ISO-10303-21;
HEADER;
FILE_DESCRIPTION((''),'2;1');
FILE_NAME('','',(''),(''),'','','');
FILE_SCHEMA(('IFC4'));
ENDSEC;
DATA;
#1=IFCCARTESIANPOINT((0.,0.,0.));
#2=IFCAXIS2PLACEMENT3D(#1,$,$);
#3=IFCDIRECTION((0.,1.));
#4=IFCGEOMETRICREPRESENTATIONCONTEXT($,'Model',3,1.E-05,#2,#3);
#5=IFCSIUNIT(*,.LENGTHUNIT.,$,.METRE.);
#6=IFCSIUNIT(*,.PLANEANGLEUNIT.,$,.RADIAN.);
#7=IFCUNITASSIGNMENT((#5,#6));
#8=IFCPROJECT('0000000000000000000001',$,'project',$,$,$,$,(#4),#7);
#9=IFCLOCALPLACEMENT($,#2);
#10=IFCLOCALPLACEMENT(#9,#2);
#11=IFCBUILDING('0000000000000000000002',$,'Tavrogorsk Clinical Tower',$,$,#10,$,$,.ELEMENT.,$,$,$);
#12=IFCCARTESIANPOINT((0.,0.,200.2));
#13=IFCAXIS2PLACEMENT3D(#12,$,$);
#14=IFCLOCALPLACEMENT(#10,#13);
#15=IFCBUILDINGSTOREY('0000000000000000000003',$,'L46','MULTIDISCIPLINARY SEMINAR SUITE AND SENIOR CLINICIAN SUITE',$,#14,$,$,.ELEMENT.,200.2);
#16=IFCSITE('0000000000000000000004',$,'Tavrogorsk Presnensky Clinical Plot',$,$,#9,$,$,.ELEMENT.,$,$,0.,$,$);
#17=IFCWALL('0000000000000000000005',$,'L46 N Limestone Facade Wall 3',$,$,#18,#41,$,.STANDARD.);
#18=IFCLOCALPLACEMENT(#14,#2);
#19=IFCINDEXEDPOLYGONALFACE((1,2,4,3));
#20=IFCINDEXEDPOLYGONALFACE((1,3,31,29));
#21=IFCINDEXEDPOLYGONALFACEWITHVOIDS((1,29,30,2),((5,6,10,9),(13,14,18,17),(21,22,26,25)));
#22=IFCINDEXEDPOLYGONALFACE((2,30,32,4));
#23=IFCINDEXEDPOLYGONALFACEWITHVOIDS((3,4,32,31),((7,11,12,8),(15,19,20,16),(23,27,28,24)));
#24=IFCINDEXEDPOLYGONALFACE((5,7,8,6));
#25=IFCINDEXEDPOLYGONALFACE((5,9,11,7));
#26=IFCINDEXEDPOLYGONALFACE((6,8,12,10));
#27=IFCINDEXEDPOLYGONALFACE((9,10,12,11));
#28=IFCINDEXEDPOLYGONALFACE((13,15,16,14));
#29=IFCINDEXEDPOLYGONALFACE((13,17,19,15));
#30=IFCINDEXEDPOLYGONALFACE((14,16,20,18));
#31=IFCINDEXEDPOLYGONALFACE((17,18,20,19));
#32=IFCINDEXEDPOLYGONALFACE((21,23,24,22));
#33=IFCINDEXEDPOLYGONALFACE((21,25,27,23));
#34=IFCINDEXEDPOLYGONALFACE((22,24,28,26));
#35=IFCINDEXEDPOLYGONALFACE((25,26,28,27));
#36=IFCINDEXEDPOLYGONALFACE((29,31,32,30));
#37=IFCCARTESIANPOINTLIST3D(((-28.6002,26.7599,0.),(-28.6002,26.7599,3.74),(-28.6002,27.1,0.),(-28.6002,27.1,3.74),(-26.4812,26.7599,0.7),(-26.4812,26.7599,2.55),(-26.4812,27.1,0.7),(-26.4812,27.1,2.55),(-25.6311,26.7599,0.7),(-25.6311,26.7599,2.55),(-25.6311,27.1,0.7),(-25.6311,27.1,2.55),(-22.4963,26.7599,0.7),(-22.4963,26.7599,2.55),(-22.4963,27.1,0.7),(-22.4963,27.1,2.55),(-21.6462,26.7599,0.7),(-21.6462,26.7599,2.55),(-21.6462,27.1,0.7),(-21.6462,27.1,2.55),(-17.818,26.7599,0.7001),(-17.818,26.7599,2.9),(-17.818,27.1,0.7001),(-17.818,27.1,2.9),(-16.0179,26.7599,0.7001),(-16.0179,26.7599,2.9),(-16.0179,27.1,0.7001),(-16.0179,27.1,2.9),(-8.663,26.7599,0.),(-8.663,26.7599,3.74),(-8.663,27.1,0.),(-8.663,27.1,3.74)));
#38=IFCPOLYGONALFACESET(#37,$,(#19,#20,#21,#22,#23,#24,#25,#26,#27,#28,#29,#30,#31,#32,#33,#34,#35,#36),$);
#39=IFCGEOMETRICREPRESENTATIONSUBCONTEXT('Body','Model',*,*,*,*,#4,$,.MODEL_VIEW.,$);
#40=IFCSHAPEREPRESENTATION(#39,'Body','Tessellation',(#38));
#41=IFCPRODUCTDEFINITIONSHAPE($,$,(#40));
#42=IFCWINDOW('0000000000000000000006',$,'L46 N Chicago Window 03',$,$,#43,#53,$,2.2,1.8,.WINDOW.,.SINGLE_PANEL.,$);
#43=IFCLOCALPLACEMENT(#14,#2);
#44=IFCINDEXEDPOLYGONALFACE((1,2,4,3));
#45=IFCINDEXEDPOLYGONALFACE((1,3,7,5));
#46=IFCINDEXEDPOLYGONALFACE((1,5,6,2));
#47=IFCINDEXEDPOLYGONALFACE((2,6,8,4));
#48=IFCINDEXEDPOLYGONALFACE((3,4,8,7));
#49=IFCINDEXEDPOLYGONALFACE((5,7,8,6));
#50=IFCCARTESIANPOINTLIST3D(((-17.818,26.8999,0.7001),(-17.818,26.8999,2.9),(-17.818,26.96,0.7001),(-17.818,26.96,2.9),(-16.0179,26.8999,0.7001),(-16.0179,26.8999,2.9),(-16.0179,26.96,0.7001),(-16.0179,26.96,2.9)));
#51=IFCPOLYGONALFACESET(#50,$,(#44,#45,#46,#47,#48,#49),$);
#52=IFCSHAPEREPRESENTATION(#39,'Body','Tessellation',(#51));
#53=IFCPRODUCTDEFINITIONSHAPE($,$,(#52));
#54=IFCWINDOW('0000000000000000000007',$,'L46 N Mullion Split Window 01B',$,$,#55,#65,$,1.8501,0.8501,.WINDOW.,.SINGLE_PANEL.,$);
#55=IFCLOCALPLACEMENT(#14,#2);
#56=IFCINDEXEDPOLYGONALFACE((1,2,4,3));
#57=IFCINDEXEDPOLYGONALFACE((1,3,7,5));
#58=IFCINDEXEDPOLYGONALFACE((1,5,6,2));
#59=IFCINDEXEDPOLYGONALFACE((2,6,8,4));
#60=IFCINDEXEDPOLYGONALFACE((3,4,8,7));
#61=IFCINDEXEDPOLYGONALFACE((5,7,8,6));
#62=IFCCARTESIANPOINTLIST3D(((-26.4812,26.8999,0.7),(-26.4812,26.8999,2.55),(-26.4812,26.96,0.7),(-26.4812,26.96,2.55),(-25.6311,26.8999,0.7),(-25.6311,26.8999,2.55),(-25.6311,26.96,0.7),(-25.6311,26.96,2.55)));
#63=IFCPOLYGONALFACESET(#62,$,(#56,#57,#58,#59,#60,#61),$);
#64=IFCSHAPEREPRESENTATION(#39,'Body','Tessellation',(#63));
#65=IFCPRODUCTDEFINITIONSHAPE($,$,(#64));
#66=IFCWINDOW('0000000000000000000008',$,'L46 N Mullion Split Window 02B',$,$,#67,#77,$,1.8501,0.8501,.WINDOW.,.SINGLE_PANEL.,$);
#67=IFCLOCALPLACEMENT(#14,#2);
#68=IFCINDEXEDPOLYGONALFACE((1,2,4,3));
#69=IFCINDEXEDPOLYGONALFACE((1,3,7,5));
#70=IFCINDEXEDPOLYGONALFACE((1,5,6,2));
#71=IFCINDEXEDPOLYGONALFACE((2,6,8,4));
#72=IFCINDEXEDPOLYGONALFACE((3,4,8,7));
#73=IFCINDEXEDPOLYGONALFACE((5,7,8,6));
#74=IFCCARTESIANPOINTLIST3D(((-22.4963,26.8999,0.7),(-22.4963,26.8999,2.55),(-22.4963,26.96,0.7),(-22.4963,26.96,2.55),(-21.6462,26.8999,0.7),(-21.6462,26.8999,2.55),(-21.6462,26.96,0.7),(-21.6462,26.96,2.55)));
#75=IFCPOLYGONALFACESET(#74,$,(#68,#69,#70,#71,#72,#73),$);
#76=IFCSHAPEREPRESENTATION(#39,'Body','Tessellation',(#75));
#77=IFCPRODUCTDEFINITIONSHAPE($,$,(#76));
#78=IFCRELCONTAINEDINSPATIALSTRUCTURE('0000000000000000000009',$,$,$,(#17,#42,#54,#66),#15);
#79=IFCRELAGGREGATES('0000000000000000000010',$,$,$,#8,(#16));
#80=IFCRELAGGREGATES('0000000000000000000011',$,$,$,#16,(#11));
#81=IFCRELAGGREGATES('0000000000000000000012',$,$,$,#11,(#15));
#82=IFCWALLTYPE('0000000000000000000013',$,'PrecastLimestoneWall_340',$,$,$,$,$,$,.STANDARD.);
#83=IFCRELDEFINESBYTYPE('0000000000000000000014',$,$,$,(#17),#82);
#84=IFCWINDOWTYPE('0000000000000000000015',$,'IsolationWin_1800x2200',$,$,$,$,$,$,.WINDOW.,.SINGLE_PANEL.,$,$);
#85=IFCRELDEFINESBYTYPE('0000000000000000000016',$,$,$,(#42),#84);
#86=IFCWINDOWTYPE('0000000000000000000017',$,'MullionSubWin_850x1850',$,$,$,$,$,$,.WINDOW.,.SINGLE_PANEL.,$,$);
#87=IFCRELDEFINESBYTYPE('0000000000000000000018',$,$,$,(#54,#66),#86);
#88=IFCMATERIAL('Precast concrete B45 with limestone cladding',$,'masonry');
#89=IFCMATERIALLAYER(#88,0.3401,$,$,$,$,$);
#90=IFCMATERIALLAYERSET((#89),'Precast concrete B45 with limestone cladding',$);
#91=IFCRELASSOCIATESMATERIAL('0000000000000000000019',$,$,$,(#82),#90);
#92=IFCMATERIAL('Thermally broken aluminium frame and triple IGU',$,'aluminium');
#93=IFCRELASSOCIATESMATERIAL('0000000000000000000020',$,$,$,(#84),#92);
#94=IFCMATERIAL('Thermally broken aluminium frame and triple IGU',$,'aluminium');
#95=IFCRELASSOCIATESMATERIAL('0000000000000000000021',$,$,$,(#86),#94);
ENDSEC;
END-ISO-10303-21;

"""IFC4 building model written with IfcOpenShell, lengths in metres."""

from ifc_helpers import new_model, si_unit, direction, frame, frame_2d, origin, place, context, subcontext, project, spatial, rectangle, extrude, material, layer, layer_set, type_object, element, fill, save


model = new_model("IFC4")

# Units and contexts
model_context = context("Model", 3, precision=1e-05, world=origin(), true_north=direction((0.0, 1.0)))
body_context = subcontext(model_context, "Body", "Model", "MODEL_VIEW")
ifc_project = project(units=[si_unit("LENGTHUNIT", "METRE"), si_unit("PLANEANGLEUNIT", "RADIAN")], contexts=[model_context])

# Site, building, storey
site_placement = place(None, origin())
site = spatial("IfcSite", under=ifc_project, at=site_placement, Name="Tavrogorsk Presnensky Clinical Plot", CompositionType="ELEMENT", RefElevation=0.0)
building_placement = place(site_placement, origin())
building = spatial("IfcBuilding", under=site, at=building_placement, Name="Tavrogorsk Clinical Tower", CompositionType="ELEMENT")
storey_placement = place(building_placement, frame((0.0, 0.0, 200.2)))
storey = spatial("IfcBuildingStorey", under=building, at=storey_placement, Name="L46", Description="MULTIDISCIPLINARY SEMINAR SUITE AND SENIOR CLINICIAN SUITE", CompositionType="ELEMENT", Elevation=200.2)

# Wall, openings, windows
ifc_material_1 = material(Name="Precast concrete B45 with limestone cladding", Category="masonry")
ifc_layer_1 = layer(ifc_material_1, 0.3401)
ifc_layer_set_1 = layer_set([ifc_layer_1], Name="Precast concrete B45 with limestone cladding")
wall_type_1 = type_object("IfcWallType", Name="PrecastLimestoneWall_340", PredefinedType="STANDARD", material=ifc_layer_set_1)
wall_placement = place(storey_placement, frame((-8.6628, 26.9299, 0.0), z_axis=(0.0, 0.0, 1.0), x_axis=(-1.0, 0.0, 0.0)))
wall = element("IfcWall", 1, at=wall_placement, inside=storey, type_object=wall_type_1, Name="L46 N Limestone Facade Wall 3", PredefinedType="STANDARD", context=body_context, shape_type="SweptSolid", body=[
    extrude(rectangle(XDim=19.9373, YDim=0.3401, at=frame_2d((9.9688, 0.0))), origin(), (0.0, 0.0, 1.0), 3.74),
])
opening_1_placement = place(wall_placement, frame((16.9683, 0.0, 0.7)))
opening_1 = element("IfcOpeningElement", 2, at=opening_1_placement, cuts=wall, PredefinedType="OPENING", context=body_context, shape_type="SweptSolid", body=[
    extrude(rectangle(XDim=0.8501, YDim=1.8501, at=frame_2d((0.425, 0.925))), frame((0.0, 0.1799, 0.0), z_axis=(0.0, -1.0, 0.0), x_axis=(1.0, 0.0, 0.0)), (0.0, 0.0, 1.0), 0.3601),
])
opening_2_placement = place(wall_placement, frame((12.9834, 0.0, 0.7)))
opening_2 = element("IfcOpeningElement", 3, at=opening_2_placement, cuts=wall, PredefinedType="OPENING", context=body_context, shape_type="SweptSolid", body=[
    extrude(rectangle(XDim=0.8501, YDim=1.8501, at=frame_2d((0.425, 0.925))), frame((0.0, 0.1799, 0.0), z_axis=(0.0, -1.0, 0.0), x_axis=(1.0, 0.0, 0.0)), (0.0, 0.0, 1.0), 0.3601),
])
opening_3_placement = place(wall_placement, frame((7.3552, 0.0, 0.7)))
opening_3 = element("IfcOpeningElement", 4, at=opening_3_placement, cuts=wall, PredefinedType="OPENING", context=body_context, shape_type="SweptSolid", body=[
    extrude(rectangle(XDim=1.8, YDim=2.2, at=frame_2d((0.8999, 1.1001))), frame((0.0, 0.1799, 0.0), z_axis=(0.0, -1.0, 0.0), x_axis=(1.0, 0.0, 0.0)), (0.0, 0.0, 1.0), 0.3601),
])
ifc_material_2 = material(Name="Thermally broken aluminium frame and triple IGU", Category="aluminium")
window_type_1 = type_object("IfcWindowType", Name="IsolationWin_1800x2200", PartitioningType="SINGLE_PANEL", PredefinedType="WINDOW", material=ifc_material_2)
window_1_placement = place(opening_3_placement, origin())
window_1 = element("IfcWindow", 5, at=window_1_placement, inside=storey, type_object=window_type_1, Name="L46 N Chicago Window 03", OverallHeight=2.2, OverallWidth=1.8, PartitioningType="SINGLE_PANEL", PredefinedType="WINDOW", context=body_context, shape_type="SweptSolid", body=[
    extrude(rectangle(XDim=1.8, YDim=2.2, at=frame_2d((0.8999, 1.1001))), frame((0.0, 0.03, 0.0), z_axis=(0.0, -1.0, 0.0), x_axis=(1.0, 0.0, 0.0)), (0.0, 0.0, 1.0), 0.0601),
])
fill(opening_3, window_1)
ifc_material_3 = material(Name="Thermally broken aluminium frame and triple IGU", Category="aluminium")
window_type_2 = type_object("IfcWindowType", Name="MullionSubWin_850x1850", PartitioningType="SINGLE_PANEL", PredefinedType="WINDOW", material=ifc_material_3)
window_2_placement = place(opening_1_placement, origin())
window_2 = element("IfcWindow", 6, at=window_2_placement, inside=storey, type_object=window_type_2, Name="L46 N Mullion Split Window 01B", OverallHeight=1.8501, OverallWidth=0.8501, PartitioningType="SINGLE_PANEL", PredefinedType="WINDOW", context=body_context, shape_type="SweptSolid", body=[
    extrude(rectangle(XDim=0.8501, YDim=1.8501, at=frame_2d((0.425, 0.925))), frame((0.0, 0.03, 0.0), z_axis=(0.0, -1.0, 0.0), x_axis=(1.0, 0.0, 0.0)), (0.0, 0.0, 1.0), 0.0601),
])
fill(opening_1, window_2)
window_3_placement = place(opening_2_placement, origin())
window_3 = element("IfcWindow", 7, at=window_3_placement, inside=storey, type_object=window_type_2, Name="L46 N Mullion Split Window 02B", OverallHeight=1.8501, OverallWidth=0.8501, PartitioningType="SINGLE_PANEL", PredefinedType="WINDOW", context=body_context, shape_type="SweptSolid", body=[
    extrude(rectangle(XDim=0.8501, YDim=1.8501, at=frame_2d((0.425, 0.925))), frame((0.0, 0.03, 0.0), z_axis=(0.0, -1.0, 0.0), x_axis=(1.0, 0.0, 0.0)), (0.0, 0.0, 1.0), 0.0601),
])
fill(opening_2, window_3)

save(model, "model.ifc")
